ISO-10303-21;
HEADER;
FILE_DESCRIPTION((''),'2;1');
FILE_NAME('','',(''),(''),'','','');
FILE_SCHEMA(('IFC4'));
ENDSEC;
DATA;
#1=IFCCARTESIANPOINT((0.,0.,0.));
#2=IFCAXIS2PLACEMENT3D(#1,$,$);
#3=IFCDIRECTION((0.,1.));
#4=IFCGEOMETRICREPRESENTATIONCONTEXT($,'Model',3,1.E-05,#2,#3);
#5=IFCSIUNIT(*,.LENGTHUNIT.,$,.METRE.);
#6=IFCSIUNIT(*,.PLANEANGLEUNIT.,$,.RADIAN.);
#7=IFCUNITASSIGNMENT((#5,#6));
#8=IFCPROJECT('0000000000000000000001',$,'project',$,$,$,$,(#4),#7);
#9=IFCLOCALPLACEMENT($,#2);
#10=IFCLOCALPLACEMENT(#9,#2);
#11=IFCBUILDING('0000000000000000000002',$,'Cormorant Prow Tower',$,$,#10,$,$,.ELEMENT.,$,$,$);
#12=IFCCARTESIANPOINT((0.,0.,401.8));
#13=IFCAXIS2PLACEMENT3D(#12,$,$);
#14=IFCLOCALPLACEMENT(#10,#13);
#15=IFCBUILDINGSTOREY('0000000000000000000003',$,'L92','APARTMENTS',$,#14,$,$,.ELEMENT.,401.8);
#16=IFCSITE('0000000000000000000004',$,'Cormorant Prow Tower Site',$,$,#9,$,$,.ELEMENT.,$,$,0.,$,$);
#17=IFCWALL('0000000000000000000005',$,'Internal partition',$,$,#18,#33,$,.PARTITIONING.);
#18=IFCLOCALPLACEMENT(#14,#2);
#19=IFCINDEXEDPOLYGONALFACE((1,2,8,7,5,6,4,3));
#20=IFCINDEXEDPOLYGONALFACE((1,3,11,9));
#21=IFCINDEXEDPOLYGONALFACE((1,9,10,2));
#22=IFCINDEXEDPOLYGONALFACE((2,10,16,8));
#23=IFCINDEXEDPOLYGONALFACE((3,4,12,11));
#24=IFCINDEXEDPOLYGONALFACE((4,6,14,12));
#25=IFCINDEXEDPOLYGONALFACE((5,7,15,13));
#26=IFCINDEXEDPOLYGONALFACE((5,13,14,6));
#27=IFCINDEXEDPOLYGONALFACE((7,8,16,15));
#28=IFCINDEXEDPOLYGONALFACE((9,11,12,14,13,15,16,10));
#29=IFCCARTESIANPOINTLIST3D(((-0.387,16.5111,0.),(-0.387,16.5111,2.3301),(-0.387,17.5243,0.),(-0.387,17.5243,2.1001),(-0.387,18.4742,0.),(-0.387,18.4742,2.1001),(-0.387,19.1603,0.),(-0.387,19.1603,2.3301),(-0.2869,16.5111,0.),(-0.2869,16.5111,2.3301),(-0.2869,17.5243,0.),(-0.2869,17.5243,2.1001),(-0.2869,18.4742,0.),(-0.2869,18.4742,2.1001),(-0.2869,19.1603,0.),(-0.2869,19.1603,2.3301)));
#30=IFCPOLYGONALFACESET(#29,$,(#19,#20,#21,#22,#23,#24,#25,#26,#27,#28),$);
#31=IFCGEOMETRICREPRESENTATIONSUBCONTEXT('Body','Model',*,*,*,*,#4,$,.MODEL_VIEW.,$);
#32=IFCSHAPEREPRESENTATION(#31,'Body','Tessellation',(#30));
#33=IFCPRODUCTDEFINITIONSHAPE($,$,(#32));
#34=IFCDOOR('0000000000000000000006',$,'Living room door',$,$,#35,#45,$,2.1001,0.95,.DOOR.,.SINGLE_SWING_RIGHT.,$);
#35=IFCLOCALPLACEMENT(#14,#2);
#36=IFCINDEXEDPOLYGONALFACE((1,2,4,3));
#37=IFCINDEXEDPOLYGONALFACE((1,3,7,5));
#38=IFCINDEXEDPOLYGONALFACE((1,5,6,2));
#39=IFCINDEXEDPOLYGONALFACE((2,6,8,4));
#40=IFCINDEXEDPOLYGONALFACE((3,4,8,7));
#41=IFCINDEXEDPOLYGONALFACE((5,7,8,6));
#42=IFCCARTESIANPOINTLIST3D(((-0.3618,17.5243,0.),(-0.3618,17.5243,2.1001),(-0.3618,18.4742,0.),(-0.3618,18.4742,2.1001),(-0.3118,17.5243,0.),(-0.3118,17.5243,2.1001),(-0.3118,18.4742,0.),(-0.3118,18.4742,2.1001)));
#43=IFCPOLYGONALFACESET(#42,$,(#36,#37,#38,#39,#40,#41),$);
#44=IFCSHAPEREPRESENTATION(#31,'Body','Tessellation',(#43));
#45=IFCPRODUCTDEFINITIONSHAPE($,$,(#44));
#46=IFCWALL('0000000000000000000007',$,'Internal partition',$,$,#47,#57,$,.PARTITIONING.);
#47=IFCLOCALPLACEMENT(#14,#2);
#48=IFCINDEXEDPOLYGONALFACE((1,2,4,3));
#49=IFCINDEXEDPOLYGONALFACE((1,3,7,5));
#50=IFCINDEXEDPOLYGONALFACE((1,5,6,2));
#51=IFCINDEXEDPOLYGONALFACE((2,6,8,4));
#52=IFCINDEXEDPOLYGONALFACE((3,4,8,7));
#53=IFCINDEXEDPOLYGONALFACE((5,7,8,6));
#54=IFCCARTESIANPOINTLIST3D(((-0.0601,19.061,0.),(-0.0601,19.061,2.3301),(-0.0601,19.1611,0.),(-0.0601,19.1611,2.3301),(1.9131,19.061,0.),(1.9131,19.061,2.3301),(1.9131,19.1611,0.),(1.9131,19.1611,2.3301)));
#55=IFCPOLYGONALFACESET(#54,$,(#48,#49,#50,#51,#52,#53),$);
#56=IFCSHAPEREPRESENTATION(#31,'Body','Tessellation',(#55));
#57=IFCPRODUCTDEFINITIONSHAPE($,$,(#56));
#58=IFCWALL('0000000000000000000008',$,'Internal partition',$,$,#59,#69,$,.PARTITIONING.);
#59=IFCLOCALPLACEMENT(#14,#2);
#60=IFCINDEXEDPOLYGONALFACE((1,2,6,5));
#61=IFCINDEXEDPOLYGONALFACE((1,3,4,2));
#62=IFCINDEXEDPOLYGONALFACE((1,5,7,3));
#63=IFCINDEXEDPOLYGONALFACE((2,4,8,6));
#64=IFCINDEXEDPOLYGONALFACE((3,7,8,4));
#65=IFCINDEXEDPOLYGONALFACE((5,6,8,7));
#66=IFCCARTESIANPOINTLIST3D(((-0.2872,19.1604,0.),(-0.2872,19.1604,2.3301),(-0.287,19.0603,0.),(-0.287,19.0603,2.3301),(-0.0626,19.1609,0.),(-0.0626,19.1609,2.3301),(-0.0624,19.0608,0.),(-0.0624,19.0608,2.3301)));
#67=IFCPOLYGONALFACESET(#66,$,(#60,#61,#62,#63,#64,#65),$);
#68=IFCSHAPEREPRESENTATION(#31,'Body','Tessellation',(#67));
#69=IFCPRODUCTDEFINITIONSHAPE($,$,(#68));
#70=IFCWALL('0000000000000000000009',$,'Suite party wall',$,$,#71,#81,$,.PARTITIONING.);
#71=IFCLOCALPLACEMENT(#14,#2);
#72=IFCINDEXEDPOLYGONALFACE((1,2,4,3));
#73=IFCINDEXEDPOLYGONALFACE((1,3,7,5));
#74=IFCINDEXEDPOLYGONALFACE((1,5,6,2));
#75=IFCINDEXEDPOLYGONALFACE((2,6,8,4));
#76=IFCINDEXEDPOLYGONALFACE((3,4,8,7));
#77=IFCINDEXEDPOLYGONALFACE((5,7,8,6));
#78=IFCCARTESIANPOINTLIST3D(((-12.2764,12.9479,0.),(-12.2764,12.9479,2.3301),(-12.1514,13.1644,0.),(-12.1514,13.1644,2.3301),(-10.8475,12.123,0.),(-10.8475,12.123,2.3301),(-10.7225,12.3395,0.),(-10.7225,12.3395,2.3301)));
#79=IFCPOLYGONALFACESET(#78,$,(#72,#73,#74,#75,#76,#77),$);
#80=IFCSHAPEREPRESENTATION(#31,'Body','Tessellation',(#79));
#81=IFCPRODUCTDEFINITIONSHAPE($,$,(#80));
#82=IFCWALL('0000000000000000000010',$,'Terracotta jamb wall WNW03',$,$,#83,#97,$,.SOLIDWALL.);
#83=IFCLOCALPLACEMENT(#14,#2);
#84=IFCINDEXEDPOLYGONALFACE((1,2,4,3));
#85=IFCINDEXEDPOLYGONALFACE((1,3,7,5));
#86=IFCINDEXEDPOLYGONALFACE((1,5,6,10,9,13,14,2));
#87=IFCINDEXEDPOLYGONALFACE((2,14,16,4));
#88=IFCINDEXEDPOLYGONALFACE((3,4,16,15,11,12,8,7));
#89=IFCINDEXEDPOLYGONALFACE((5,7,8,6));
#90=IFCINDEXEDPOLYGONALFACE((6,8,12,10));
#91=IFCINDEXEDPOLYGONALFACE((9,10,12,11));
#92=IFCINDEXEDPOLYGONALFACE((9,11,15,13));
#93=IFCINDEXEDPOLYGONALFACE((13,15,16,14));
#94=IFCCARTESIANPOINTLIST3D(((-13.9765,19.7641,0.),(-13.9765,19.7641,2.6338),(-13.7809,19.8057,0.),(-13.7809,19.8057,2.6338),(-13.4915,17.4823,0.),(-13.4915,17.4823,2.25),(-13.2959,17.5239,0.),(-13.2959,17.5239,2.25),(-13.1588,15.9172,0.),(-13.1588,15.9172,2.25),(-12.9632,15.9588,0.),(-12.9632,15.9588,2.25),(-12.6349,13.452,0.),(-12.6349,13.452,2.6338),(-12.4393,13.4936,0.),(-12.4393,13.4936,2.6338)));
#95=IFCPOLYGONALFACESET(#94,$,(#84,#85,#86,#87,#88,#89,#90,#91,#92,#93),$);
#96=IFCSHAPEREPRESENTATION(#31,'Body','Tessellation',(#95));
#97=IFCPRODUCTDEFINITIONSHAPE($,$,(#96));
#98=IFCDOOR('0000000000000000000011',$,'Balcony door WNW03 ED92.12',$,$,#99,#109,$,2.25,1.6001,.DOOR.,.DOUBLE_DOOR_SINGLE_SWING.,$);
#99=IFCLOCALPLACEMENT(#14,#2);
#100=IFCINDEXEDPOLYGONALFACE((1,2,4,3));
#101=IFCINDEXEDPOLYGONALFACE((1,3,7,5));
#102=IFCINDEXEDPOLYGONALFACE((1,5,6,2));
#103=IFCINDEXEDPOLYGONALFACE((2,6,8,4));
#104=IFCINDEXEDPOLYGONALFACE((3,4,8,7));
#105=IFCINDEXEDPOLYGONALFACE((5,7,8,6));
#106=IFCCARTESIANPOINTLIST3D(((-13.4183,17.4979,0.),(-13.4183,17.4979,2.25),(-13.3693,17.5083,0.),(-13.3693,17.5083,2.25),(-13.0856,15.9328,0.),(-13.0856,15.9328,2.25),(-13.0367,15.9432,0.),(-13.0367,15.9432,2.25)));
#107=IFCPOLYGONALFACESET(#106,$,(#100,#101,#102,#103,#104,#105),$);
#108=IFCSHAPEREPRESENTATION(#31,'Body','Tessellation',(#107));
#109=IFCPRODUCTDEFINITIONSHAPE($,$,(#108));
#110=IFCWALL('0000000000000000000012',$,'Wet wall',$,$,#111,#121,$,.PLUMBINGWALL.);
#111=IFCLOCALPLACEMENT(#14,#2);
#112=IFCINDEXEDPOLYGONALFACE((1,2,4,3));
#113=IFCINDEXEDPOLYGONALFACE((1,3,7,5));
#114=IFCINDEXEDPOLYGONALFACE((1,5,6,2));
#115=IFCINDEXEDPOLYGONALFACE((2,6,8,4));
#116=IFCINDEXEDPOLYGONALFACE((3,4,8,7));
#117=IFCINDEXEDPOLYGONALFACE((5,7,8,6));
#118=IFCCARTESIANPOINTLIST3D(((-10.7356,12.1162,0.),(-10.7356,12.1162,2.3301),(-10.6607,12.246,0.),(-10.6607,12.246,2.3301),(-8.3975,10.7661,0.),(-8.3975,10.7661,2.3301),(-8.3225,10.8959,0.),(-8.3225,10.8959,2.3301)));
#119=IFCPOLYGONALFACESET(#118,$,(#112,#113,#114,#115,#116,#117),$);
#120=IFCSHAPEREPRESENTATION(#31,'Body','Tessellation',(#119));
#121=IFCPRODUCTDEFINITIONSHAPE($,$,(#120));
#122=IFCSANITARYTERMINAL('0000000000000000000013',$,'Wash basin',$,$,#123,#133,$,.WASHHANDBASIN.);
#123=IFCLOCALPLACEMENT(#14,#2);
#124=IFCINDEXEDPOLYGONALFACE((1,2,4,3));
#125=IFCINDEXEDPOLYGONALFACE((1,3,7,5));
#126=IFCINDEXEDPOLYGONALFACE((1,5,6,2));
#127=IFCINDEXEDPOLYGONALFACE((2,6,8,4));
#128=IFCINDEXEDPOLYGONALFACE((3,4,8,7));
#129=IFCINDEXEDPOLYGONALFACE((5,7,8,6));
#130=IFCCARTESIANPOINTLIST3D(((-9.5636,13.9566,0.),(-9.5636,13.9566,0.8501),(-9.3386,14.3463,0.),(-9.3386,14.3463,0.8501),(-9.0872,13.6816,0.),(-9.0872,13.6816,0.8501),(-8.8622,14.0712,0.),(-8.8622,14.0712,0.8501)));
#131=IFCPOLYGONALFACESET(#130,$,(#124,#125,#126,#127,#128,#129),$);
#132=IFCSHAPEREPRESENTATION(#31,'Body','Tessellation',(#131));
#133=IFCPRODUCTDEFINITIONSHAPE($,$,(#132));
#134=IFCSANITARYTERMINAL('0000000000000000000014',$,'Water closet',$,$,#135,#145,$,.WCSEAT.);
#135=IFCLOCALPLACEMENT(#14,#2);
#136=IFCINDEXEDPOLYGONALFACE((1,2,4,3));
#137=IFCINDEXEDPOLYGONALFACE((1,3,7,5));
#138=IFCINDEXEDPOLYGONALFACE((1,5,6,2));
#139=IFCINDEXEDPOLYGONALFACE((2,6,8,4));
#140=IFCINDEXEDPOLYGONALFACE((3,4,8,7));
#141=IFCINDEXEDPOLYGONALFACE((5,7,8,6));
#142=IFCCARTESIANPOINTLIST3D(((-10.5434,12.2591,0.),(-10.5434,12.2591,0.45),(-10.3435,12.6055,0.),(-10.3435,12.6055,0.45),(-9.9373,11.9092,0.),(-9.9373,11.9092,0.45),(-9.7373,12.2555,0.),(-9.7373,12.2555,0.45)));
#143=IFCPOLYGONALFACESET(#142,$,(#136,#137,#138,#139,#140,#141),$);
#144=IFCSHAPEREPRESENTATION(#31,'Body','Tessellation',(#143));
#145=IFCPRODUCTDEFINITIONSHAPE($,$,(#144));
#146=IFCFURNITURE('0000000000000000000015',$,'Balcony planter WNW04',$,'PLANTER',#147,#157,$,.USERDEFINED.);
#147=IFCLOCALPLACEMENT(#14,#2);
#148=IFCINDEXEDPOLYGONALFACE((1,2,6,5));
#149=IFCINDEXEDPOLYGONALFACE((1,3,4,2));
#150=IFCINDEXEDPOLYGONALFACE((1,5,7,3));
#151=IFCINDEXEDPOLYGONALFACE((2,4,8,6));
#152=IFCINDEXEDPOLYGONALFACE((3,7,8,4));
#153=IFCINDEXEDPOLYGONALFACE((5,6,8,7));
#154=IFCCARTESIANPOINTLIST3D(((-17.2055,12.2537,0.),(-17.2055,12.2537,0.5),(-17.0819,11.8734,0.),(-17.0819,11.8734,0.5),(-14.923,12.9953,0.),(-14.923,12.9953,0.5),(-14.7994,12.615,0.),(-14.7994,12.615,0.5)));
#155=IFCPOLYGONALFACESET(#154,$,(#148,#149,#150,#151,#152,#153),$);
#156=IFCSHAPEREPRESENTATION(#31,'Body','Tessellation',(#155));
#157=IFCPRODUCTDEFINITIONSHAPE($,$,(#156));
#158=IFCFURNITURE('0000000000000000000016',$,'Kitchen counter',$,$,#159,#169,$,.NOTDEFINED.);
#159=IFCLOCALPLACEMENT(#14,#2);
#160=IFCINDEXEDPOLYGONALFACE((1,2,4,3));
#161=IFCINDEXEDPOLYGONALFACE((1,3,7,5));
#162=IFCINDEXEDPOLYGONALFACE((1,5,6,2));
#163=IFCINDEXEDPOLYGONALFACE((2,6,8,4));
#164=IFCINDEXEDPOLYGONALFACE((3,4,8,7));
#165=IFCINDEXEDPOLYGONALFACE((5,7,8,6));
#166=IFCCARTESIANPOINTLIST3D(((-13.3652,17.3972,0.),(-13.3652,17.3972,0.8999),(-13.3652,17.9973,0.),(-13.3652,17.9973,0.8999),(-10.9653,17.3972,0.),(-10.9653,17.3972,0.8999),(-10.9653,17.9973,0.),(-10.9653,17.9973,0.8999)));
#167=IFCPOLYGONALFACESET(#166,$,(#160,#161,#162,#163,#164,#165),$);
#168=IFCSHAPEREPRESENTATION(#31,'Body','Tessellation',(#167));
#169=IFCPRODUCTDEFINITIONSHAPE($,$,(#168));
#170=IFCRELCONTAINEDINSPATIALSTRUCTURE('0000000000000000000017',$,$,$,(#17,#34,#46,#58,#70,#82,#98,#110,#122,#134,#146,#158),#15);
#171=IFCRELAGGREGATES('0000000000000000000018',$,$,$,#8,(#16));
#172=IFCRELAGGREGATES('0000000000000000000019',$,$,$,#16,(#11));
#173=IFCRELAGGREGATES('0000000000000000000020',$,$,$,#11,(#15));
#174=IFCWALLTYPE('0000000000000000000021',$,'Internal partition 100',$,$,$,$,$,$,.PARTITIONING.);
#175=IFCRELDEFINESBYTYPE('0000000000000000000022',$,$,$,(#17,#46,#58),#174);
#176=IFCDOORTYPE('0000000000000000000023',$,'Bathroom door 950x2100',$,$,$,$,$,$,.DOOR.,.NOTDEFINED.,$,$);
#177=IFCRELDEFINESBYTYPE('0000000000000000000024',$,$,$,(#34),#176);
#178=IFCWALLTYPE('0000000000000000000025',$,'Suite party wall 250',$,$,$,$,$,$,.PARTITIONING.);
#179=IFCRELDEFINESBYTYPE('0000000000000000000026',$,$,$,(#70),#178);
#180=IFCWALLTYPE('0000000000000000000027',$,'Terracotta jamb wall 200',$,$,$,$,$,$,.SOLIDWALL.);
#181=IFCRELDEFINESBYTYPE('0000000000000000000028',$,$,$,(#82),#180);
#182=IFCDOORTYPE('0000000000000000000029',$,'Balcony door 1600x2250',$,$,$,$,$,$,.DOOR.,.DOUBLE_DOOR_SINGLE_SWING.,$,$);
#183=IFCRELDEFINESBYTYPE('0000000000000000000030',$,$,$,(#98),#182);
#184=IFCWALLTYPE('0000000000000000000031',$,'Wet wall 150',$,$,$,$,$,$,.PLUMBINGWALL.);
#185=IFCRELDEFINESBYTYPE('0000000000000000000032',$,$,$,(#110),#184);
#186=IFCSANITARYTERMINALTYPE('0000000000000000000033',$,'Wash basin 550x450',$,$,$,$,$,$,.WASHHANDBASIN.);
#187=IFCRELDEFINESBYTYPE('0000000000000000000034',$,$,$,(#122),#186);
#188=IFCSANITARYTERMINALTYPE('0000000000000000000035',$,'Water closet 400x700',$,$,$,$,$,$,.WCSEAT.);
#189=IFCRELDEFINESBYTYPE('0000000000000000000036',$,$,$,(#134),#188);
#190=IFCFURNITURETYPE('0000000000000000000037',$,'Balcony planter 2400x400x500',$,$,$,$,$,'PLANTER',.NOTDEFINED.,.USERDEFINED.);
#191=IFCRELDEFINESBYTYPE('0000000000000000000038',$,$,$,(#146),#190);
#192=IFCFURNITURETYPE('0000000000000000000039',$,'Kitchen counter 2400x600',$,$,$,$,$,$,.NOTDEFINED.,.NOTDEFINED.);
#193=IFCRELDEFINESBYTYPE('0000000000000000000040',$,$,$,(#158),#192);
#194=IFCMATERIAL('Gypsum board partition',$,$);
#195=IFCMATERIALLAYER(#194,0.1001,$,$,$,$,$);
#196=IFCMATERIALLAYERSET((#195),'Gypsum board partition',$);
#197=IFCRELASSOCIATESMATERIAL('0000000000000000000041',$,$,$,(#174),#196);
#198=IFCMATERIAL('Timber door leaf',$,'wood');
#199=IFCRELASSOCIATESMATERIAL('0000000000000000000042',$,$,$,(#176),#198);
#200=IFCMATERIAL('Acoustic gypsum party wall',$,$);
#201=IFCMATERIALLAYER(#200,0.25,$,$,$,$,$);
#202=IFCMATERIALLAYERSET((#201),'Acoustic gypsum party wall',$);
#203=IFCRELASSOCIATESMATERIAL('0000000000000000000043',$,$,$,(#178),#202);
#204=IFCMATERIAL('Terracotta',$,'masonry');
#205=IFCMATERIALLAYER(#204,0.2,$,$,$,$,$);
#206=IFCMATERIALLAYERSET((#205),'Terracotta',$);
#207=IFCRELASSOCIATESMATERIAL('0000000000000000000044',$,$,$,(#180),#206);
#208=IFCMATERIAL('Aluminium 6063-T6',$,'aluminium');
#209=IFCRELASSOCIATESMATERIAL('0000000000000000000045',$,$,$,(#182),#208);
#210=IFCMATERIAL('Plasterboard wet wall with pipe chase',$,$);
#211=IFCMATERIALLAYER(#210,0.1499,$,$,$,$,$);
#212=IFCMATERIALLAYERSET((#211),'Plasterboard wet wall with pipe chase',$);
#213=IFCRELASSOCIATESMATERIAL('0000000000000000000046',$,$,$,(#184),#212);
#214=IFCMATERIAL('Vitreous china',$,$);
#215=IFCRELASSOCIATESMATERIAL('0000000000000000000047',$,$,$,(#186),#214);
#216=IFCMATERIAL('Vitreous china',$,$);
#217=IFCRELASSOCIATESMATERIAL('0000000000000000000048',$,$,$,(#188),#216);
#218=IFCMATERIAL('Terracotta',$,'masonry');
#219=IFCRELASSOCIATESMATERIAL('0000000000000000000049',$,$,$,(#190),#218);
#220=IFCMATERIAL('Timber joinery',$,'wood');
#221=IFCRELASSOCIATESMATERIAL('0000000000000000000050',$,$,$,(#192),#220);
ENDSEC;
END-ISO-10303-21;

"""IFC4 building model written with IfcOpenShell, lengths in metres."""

from ifc_helpers import new_model, si_unit, direction, frame, frame_2d, origin, origin_2d, place, context, subcontext, project, spatial, rectangle, extrude, material, layer, layer_set, type_object, element, fill, save


model = new_model("IFC4")

# Units and contexts
model_context = context("Model", 3, precision=1e-05, world=origin(), true_north=direction((0.0, 1.0)))
body_context = subcontext(model_context, "Body", "Model", "MODEL_VIEW")
ifc_project = project(units=[si_unit("LENGTHUNIT", "METRE"), si_unit("PLANEANGLEUNIT", "RADIAN")], contexts=[model_context])

# Site, building, storey
site_placement = place(None, origin())
site = spatial("IfcSite", under=ifc_project, at=site_placement, Name="Cormorant Prow Tower Site", CompositionType="ELEMENT", RefElevation=0.0)
building_placement = place(site_placement, origin())
building = spatial("IfcBuilding", under=site, at=building_placement, Name="Cormorant Prow Tower", CompositionType="ELEMENT")
storey_placement = place(building_placement, frame((0.0, 0.0, 401.8)))
storey = spatial("IfcBuildingStorey", under=building, at=storey_placement, Name="L92", Description="APARTMENTS", CompositionType="ELEMENT", Elevation=401.8)

# Shared definitions
ifc_material_1 = material(Name="Gypsum board partition")
ifc_layer_1 = layer(ifc_material_1, 0.1001)
ifc_layer_set_1 = layer_set([ifc_layer_1], Name="Gypsum board partition")
wall_type_1 = type_object("IfcWallType", Name="Internal partition 100", PredefinedType="PARTITIONING", material=ifc_layer_set_1)
ifc_material_2 = material(Name="Timber door leaf", Category="wood")
door_type_1 = type_object("IfcDoorType", Name="Bathroom door 950x2100", OperationType="NOTDEFINED", PredefinedType="DOOR", material=ifc_material_2)

# Wall, opening, door
wall_1_placement = place(storey_placement, frame((-0.3369, 16.511, 0.0), z_axis=(0.0, 0.0, 1.0), x_axis=(0.0, 1.0, 0.0)))
wall_1 = element("IfcWall", 1, at=wall_1_placement, inside=storey, type_object=wall_type_1, Name="Internal partition", PredefinedType="PARTITIONING", context=body_context, shape_type="SweptSolid", body=[
    extrude(rectangle(XDim=2.6492, YDim=0.1001, at=frame_2d((1.3247, 0.0))), origin(), (0.0, 0.0, 1.0), 2.3301),
])
opening_1_placement = place(wall_1_placement, frame((1.0132, 0.0, 0.0)))
opening_1 = element("IfcOpeningElement", 2, at=opening_1_placement, cuts=wall_1, PredefinedType="OPENING", context=body_context, shape_type="SweptSolid", body=[
    extrude(rectangle(XDim=0.95, YDim=2.1001, at=frame_2d((0.4751, 1.05))), frame((0.0, 0.0601, 0.0), z_axis=(0.0, -1.0, 0.0), x_axis=(1.0, 0.0, 0.0)), (0.0, 0.0, 1.0), 0.1201),
])
door_1_placement = place(opening_1_placement, origin())
door_1 = element("IfcDoor", 3, at=door_1_placement, inside=storey, type_object=door_type_1, Name="Living room door", OperationType="SINGLE_SWING_RIGHT", OverallHeight=2.1001, OverallWidth=0.95, PredefinedType="DOOR", context=body_context, shape_type="SweptSolid", body=[
    extrude(rectangle(XDim=0.95, YDim=2.1001, at=frame_2d((0.4751, 1.05))), frame((0.0, 0.0249, 0.0), z_axis=(0.0, -1.0, 0.0), x_axis=(1.0, 0.0, 0.0)), (0.0, 0.0, 1.0), 0.05),
])
fill(opening_1, door_1)

# Walls
wall_2_placement = place(storey_placement, frame((-0.0601, 19.1111, 0.0), z_axis=(0.0, 0.0, 1.0), x_axis=(1.0, 0.0, 0.0)))
element("IfcWall", 4, at=wall_2_placement, inside=storey, type_object=wall_type_1, Name="Internal partition", PredefinedType="PARTITIONING", context=body_context, shape_type="SweptSolid", body=[
    extrude(rectangle(XDim=1.9731, YDim=0.1001, at=frame_2d((0.9866, 0.0))), origin(), (0.0, 0.0, 1.0), 2.3301),
])
wall_3_placement = place(storey_placement, frame((-0.2871, 19.1104, 0.0), z_axis=(0.0, 0.0, 1.0), x_axis=(0.999998, 0.002174, 0.0)))
element("IfcWall", 5, at=wall_3_placement, inside=storey, type_object=wall_type_1, Name="Internal partition", PredefinedType="PARTITIONING", context=body_context, shape_type="SweptSolid", body=[
    extrude(rectangle(XDim=0.2246, YDim=0.1001, at=frame_2d((0.1123, 0.0))), origin(), (0.0, 0.0, 1.0), 2.3301),
])
ifc_material_3 = material(Name="Acoustic gypsum party wall")
ifc_layer_2 = layer(ifc_material_3, 0.25)
ifc_layer_set_2 = layer_set([ifc_layer_2], Name="Acoustic gypsum party wall")
wall_type_2 = type_object("IfcWallType", Name="Suite party wall 250", PredefinedType="PARTITIONING", material=ifc_layer_set_2)
wall_4_placement = place(storey_placement, frame((-12.2139, 13.0562, 0.0), z_axis=(0.0, 0.0, 1.0), x_axis=(0.86604, -0.499974, 0.0)))
element("IfcWall", 6, at=wall_4_placement, inside=storey, type_object=wall_type_2, Name="Suite party wall", PredefinedType="PARTITIONING", context=body_context, shape_type="SweptSolid", body=[
    extrude(rectangle(XDim=1.6499, YDim=0.25, at=frame_2d((0.825, 0.0))), origin(), (0.0, 0.0, 1.0), 2.3301),
])

# Wall, opening, door
ifc_material_4 = material(Name="Terracotta", Category="masonry")
ifc_layer_3 = layer(ifc_material_4, 0.2)
ifc_layer_set_3 = layer_set([ifc_layer_3], Name="Terracotta")
wall_type_3 = type_object("IfcWallType", Name="Terracotta jamb wall 200", PredefinedType="SOLIDWALL", material=ifc_layer_set_3)
wall_5_placement = place(storey_placement, frame((-13.8787, 19.7849, 0.0), z_axis=(0.0, 0.0, 1.0), x_axis=(0.207896, -0.978151, 0.0)))
wall_5 = element("IfcWall", 7, at=wall_5_placement, inside=storey, type_object=wall_type_3, Name="Terracotta jamb wall WNW03", PredefinedType="SOLIDWALL", context=body_context, shape_type="SweptSolid", body=[
    extrude(rectangle(XDim=6.4531, YDim=0.2, at=frame_2d((3.2266, 0.0))), origin(), (0.0, 0.0, 1.0), 2.6338),
])
opening_2_placement = place(wall_5_placement, frame((2.3328, 0.0, 0.0)))
opening_2 = element("IfcOpeningElement", 8, at=opening_2_placement, cuts=wall_5, PredefinedType="OPENING", context=body_context, shape_type="SweptSolid", body=[
    extrude(rectangle(XDim=1.6001, YDim=2.25, at=frame_2d((0.8, 1.125))), frame((0.0, 0.1099, 0.0), z_axis=(0.0, -1.0, 0.0), x_axis=(1.0, 0.0, 0.0)), (0.0, 0.0, 1.0), 0.22),
])
ifc_material_5 = material(Name="Aluminium 6063-T6", Category="aluminium")
door_type_2 = type_object("IfcDoorType", Name="Balcony door 1600x2250", OperationType="DOUBLE_DOOR_SINGLE_SWING", PredefinedType="DOOR", material=ifc_material_5)
door_2_placement = place(opening_2_placement, origin())
door_2 = element("IfcDoor", 9, at=door_2_placement, inside=storey, type_object=door_type_2, Name="Balcony door WNW03 ED92.12", OperationType="DOUBLE_DOOR_SINGLE_SWING", OverallHeight=2.25, OverallWidth=1.6001, PredefinedType="DOOR", context=body_context, shape_type="SweptSolid", body=[
    extrude(rectangle(XDim=1.6001, YDim=2.25, at=frame_2d((0.8, 1.125))), frame((0.0, 0.0249, 0.0), z_axis=(0.0, -1.0, 0.0), x_axis=(1.0, 0.0, 0.0)), (0.0, 0.0, 1.0), 0.05),
])
fill(opening_2, door_2)

# Wall
ifc_material_6 = material(Name="Plasterboard wet wall with pipe chase")
ifc_layer_4 = layer(ifc_material_6, 0.1499)
ifc_layer_set_4 = layer_set([ifc_layer_4], Name="Plasterboard wet wall with pipe chase")
wall_type_4 = type_object("IfcWallType", Name="Wet wall 150", PredefinedType="PLUMBINGWALL", material=ifc_layer_set_4)
wall_6_placement = place(storey_placement, frame((-10.6982, 12.1812, 0.0), z_axis=(0.0, 0.0, 1.0), x_axis=(0.865997, -0.500049, 0.0)))
element("IfcWall", 10, at=wall_6_placement, inside=storey, type_object=wall_type_4, Name="Wet wall", PredefinedType="PLUMBINGWALL", context=body_context, shape_type="SweptSolid", body=[
    extrude(rectangle(XDim=2.7, YDim=0.1499, at=frame_2d((1.3501, 0.0))), origin(), (0.0, 0.0, 1.0), 2.3301),
])

# Sanitary terminals
ifc_material_7 = material(Name="Vitreous china")
sanitary_terminal_type_1 = type_object("IfcSanitaryTerminalType", Name="Wash basin 550x450", PredefinedType="WASHHANDBASIN", material=ifc_material_7)
sanitary_terminal_1_placement = place(storey_placement, frame((-9.2129, 14.0139, 0.0), z_axis=(0.0, 0.0, 1.0), x_axis=(0.866025, -0.5, 0.0)))
element("IfcSanitaryTerminal", 11, at=sanitary_terminal_1_placement, inside=storey, type_object=sanitary_terminal_type_1, Name="Wash basin", PredefinedType="WASHHANDBASIN", context=body_context, shape_type="SweptSolid", body=[
    extrude(rectangle(XDim=0.55, YDim=0.45, at=origin_2d()), origin(), (0.0, 0.0, 1.0), 0.8501),
])
ifc_material_8 = material(Name="Vitreous china")
sanitary_terminal_type_2 = type_object("IfcSanitaryTerminalType", Name="Water closet 400x700", PredefinedType="WCSEAT", material=ifc_material_8)
sanitary_terminal_2_placement = place(storey_placement, frame((-10.1404, 12.2573, 0.0), z_axis=(0.0, 0.0, 1.0), x_axis=(0.5, 0.866025, 0.0)))
element("IfcSanitaryTerminal", 12, at=sanitary_terminal_2_placement, inside=storey, type_object=sanitary_terminal_type_2, Name="Water closet", PredefinedType="WCSEAT", context=body_context, shape_type="SweptSolid", body=[
    extrude(rectangle(XDim=0.3999, YDim=0.7, at=origin_2d()), origin(), (0.0, 0.0, 1.0), 0.45),
])

# Furniture
ifc_material_9 = material(Name="Terracotta", Category="masonry")
furniture_type_1 = type_object("IfcFurnitureType", Name="Balcony planter 2400x400x500", ElementType="PLANTER", AssemblyPlace="NOTDEFINED", PredefinedType="USERDEFINED", material=ifc_material_9)
furniture_1_placement = place(storey_placement, frame((-16.0024, 12.4343, 0.0), z_axis=(0.0, 0.0, 1.0), x_axis=(-0.951056, -0.309017, 0.0)))
element("IfcFurniture", 13, at=furniture_1_placement, inside=storey, type_object=furniture_type_1, Name="Balcony planter WNW04", ObjectType="PLANTER", PredefinedType="USERDEFINED", context=body_context, shape_type="SweptSolid", body=[
    extrude(rectangle(XDim=2.3999, YDim=0.3999, at=origin_2d()), origin(), (0.0, 0.0, 1.0), 0.5),
])
ifc_material_10 = material(Name="Timber joinery", Category="wood")
furniture_type_2 = type_object("IfcFurnitureType", Name="Kitchen counter 2400x600", AssemblyPlace="NOTDEFINED", PredefinedType="NOTDEFINED", material=ifc_material_10)
furniture_2_placement = place(storey_placement, frame((-12.1653, 17.6973, 0.0), z_axis=(0.0, 0.0, 1.0), x_axis=(1.0, 0.0, 0.0)))
element("IfcFurniture", 14, at=furniture_2_placement, inside=storey, type_object=furniture_type_2, Name="Kitchen counter", PredefinedType="NOTDEFINED", context=body_context, shape_type="SweptSolid", body=[
    extrude(rectangle(XDim=2.3999, YDim=0.6001, at=origin_2d()), origin(), (0.0, 0.0, 1.0), 0.8999),
])

save(model, "model.ifc")
